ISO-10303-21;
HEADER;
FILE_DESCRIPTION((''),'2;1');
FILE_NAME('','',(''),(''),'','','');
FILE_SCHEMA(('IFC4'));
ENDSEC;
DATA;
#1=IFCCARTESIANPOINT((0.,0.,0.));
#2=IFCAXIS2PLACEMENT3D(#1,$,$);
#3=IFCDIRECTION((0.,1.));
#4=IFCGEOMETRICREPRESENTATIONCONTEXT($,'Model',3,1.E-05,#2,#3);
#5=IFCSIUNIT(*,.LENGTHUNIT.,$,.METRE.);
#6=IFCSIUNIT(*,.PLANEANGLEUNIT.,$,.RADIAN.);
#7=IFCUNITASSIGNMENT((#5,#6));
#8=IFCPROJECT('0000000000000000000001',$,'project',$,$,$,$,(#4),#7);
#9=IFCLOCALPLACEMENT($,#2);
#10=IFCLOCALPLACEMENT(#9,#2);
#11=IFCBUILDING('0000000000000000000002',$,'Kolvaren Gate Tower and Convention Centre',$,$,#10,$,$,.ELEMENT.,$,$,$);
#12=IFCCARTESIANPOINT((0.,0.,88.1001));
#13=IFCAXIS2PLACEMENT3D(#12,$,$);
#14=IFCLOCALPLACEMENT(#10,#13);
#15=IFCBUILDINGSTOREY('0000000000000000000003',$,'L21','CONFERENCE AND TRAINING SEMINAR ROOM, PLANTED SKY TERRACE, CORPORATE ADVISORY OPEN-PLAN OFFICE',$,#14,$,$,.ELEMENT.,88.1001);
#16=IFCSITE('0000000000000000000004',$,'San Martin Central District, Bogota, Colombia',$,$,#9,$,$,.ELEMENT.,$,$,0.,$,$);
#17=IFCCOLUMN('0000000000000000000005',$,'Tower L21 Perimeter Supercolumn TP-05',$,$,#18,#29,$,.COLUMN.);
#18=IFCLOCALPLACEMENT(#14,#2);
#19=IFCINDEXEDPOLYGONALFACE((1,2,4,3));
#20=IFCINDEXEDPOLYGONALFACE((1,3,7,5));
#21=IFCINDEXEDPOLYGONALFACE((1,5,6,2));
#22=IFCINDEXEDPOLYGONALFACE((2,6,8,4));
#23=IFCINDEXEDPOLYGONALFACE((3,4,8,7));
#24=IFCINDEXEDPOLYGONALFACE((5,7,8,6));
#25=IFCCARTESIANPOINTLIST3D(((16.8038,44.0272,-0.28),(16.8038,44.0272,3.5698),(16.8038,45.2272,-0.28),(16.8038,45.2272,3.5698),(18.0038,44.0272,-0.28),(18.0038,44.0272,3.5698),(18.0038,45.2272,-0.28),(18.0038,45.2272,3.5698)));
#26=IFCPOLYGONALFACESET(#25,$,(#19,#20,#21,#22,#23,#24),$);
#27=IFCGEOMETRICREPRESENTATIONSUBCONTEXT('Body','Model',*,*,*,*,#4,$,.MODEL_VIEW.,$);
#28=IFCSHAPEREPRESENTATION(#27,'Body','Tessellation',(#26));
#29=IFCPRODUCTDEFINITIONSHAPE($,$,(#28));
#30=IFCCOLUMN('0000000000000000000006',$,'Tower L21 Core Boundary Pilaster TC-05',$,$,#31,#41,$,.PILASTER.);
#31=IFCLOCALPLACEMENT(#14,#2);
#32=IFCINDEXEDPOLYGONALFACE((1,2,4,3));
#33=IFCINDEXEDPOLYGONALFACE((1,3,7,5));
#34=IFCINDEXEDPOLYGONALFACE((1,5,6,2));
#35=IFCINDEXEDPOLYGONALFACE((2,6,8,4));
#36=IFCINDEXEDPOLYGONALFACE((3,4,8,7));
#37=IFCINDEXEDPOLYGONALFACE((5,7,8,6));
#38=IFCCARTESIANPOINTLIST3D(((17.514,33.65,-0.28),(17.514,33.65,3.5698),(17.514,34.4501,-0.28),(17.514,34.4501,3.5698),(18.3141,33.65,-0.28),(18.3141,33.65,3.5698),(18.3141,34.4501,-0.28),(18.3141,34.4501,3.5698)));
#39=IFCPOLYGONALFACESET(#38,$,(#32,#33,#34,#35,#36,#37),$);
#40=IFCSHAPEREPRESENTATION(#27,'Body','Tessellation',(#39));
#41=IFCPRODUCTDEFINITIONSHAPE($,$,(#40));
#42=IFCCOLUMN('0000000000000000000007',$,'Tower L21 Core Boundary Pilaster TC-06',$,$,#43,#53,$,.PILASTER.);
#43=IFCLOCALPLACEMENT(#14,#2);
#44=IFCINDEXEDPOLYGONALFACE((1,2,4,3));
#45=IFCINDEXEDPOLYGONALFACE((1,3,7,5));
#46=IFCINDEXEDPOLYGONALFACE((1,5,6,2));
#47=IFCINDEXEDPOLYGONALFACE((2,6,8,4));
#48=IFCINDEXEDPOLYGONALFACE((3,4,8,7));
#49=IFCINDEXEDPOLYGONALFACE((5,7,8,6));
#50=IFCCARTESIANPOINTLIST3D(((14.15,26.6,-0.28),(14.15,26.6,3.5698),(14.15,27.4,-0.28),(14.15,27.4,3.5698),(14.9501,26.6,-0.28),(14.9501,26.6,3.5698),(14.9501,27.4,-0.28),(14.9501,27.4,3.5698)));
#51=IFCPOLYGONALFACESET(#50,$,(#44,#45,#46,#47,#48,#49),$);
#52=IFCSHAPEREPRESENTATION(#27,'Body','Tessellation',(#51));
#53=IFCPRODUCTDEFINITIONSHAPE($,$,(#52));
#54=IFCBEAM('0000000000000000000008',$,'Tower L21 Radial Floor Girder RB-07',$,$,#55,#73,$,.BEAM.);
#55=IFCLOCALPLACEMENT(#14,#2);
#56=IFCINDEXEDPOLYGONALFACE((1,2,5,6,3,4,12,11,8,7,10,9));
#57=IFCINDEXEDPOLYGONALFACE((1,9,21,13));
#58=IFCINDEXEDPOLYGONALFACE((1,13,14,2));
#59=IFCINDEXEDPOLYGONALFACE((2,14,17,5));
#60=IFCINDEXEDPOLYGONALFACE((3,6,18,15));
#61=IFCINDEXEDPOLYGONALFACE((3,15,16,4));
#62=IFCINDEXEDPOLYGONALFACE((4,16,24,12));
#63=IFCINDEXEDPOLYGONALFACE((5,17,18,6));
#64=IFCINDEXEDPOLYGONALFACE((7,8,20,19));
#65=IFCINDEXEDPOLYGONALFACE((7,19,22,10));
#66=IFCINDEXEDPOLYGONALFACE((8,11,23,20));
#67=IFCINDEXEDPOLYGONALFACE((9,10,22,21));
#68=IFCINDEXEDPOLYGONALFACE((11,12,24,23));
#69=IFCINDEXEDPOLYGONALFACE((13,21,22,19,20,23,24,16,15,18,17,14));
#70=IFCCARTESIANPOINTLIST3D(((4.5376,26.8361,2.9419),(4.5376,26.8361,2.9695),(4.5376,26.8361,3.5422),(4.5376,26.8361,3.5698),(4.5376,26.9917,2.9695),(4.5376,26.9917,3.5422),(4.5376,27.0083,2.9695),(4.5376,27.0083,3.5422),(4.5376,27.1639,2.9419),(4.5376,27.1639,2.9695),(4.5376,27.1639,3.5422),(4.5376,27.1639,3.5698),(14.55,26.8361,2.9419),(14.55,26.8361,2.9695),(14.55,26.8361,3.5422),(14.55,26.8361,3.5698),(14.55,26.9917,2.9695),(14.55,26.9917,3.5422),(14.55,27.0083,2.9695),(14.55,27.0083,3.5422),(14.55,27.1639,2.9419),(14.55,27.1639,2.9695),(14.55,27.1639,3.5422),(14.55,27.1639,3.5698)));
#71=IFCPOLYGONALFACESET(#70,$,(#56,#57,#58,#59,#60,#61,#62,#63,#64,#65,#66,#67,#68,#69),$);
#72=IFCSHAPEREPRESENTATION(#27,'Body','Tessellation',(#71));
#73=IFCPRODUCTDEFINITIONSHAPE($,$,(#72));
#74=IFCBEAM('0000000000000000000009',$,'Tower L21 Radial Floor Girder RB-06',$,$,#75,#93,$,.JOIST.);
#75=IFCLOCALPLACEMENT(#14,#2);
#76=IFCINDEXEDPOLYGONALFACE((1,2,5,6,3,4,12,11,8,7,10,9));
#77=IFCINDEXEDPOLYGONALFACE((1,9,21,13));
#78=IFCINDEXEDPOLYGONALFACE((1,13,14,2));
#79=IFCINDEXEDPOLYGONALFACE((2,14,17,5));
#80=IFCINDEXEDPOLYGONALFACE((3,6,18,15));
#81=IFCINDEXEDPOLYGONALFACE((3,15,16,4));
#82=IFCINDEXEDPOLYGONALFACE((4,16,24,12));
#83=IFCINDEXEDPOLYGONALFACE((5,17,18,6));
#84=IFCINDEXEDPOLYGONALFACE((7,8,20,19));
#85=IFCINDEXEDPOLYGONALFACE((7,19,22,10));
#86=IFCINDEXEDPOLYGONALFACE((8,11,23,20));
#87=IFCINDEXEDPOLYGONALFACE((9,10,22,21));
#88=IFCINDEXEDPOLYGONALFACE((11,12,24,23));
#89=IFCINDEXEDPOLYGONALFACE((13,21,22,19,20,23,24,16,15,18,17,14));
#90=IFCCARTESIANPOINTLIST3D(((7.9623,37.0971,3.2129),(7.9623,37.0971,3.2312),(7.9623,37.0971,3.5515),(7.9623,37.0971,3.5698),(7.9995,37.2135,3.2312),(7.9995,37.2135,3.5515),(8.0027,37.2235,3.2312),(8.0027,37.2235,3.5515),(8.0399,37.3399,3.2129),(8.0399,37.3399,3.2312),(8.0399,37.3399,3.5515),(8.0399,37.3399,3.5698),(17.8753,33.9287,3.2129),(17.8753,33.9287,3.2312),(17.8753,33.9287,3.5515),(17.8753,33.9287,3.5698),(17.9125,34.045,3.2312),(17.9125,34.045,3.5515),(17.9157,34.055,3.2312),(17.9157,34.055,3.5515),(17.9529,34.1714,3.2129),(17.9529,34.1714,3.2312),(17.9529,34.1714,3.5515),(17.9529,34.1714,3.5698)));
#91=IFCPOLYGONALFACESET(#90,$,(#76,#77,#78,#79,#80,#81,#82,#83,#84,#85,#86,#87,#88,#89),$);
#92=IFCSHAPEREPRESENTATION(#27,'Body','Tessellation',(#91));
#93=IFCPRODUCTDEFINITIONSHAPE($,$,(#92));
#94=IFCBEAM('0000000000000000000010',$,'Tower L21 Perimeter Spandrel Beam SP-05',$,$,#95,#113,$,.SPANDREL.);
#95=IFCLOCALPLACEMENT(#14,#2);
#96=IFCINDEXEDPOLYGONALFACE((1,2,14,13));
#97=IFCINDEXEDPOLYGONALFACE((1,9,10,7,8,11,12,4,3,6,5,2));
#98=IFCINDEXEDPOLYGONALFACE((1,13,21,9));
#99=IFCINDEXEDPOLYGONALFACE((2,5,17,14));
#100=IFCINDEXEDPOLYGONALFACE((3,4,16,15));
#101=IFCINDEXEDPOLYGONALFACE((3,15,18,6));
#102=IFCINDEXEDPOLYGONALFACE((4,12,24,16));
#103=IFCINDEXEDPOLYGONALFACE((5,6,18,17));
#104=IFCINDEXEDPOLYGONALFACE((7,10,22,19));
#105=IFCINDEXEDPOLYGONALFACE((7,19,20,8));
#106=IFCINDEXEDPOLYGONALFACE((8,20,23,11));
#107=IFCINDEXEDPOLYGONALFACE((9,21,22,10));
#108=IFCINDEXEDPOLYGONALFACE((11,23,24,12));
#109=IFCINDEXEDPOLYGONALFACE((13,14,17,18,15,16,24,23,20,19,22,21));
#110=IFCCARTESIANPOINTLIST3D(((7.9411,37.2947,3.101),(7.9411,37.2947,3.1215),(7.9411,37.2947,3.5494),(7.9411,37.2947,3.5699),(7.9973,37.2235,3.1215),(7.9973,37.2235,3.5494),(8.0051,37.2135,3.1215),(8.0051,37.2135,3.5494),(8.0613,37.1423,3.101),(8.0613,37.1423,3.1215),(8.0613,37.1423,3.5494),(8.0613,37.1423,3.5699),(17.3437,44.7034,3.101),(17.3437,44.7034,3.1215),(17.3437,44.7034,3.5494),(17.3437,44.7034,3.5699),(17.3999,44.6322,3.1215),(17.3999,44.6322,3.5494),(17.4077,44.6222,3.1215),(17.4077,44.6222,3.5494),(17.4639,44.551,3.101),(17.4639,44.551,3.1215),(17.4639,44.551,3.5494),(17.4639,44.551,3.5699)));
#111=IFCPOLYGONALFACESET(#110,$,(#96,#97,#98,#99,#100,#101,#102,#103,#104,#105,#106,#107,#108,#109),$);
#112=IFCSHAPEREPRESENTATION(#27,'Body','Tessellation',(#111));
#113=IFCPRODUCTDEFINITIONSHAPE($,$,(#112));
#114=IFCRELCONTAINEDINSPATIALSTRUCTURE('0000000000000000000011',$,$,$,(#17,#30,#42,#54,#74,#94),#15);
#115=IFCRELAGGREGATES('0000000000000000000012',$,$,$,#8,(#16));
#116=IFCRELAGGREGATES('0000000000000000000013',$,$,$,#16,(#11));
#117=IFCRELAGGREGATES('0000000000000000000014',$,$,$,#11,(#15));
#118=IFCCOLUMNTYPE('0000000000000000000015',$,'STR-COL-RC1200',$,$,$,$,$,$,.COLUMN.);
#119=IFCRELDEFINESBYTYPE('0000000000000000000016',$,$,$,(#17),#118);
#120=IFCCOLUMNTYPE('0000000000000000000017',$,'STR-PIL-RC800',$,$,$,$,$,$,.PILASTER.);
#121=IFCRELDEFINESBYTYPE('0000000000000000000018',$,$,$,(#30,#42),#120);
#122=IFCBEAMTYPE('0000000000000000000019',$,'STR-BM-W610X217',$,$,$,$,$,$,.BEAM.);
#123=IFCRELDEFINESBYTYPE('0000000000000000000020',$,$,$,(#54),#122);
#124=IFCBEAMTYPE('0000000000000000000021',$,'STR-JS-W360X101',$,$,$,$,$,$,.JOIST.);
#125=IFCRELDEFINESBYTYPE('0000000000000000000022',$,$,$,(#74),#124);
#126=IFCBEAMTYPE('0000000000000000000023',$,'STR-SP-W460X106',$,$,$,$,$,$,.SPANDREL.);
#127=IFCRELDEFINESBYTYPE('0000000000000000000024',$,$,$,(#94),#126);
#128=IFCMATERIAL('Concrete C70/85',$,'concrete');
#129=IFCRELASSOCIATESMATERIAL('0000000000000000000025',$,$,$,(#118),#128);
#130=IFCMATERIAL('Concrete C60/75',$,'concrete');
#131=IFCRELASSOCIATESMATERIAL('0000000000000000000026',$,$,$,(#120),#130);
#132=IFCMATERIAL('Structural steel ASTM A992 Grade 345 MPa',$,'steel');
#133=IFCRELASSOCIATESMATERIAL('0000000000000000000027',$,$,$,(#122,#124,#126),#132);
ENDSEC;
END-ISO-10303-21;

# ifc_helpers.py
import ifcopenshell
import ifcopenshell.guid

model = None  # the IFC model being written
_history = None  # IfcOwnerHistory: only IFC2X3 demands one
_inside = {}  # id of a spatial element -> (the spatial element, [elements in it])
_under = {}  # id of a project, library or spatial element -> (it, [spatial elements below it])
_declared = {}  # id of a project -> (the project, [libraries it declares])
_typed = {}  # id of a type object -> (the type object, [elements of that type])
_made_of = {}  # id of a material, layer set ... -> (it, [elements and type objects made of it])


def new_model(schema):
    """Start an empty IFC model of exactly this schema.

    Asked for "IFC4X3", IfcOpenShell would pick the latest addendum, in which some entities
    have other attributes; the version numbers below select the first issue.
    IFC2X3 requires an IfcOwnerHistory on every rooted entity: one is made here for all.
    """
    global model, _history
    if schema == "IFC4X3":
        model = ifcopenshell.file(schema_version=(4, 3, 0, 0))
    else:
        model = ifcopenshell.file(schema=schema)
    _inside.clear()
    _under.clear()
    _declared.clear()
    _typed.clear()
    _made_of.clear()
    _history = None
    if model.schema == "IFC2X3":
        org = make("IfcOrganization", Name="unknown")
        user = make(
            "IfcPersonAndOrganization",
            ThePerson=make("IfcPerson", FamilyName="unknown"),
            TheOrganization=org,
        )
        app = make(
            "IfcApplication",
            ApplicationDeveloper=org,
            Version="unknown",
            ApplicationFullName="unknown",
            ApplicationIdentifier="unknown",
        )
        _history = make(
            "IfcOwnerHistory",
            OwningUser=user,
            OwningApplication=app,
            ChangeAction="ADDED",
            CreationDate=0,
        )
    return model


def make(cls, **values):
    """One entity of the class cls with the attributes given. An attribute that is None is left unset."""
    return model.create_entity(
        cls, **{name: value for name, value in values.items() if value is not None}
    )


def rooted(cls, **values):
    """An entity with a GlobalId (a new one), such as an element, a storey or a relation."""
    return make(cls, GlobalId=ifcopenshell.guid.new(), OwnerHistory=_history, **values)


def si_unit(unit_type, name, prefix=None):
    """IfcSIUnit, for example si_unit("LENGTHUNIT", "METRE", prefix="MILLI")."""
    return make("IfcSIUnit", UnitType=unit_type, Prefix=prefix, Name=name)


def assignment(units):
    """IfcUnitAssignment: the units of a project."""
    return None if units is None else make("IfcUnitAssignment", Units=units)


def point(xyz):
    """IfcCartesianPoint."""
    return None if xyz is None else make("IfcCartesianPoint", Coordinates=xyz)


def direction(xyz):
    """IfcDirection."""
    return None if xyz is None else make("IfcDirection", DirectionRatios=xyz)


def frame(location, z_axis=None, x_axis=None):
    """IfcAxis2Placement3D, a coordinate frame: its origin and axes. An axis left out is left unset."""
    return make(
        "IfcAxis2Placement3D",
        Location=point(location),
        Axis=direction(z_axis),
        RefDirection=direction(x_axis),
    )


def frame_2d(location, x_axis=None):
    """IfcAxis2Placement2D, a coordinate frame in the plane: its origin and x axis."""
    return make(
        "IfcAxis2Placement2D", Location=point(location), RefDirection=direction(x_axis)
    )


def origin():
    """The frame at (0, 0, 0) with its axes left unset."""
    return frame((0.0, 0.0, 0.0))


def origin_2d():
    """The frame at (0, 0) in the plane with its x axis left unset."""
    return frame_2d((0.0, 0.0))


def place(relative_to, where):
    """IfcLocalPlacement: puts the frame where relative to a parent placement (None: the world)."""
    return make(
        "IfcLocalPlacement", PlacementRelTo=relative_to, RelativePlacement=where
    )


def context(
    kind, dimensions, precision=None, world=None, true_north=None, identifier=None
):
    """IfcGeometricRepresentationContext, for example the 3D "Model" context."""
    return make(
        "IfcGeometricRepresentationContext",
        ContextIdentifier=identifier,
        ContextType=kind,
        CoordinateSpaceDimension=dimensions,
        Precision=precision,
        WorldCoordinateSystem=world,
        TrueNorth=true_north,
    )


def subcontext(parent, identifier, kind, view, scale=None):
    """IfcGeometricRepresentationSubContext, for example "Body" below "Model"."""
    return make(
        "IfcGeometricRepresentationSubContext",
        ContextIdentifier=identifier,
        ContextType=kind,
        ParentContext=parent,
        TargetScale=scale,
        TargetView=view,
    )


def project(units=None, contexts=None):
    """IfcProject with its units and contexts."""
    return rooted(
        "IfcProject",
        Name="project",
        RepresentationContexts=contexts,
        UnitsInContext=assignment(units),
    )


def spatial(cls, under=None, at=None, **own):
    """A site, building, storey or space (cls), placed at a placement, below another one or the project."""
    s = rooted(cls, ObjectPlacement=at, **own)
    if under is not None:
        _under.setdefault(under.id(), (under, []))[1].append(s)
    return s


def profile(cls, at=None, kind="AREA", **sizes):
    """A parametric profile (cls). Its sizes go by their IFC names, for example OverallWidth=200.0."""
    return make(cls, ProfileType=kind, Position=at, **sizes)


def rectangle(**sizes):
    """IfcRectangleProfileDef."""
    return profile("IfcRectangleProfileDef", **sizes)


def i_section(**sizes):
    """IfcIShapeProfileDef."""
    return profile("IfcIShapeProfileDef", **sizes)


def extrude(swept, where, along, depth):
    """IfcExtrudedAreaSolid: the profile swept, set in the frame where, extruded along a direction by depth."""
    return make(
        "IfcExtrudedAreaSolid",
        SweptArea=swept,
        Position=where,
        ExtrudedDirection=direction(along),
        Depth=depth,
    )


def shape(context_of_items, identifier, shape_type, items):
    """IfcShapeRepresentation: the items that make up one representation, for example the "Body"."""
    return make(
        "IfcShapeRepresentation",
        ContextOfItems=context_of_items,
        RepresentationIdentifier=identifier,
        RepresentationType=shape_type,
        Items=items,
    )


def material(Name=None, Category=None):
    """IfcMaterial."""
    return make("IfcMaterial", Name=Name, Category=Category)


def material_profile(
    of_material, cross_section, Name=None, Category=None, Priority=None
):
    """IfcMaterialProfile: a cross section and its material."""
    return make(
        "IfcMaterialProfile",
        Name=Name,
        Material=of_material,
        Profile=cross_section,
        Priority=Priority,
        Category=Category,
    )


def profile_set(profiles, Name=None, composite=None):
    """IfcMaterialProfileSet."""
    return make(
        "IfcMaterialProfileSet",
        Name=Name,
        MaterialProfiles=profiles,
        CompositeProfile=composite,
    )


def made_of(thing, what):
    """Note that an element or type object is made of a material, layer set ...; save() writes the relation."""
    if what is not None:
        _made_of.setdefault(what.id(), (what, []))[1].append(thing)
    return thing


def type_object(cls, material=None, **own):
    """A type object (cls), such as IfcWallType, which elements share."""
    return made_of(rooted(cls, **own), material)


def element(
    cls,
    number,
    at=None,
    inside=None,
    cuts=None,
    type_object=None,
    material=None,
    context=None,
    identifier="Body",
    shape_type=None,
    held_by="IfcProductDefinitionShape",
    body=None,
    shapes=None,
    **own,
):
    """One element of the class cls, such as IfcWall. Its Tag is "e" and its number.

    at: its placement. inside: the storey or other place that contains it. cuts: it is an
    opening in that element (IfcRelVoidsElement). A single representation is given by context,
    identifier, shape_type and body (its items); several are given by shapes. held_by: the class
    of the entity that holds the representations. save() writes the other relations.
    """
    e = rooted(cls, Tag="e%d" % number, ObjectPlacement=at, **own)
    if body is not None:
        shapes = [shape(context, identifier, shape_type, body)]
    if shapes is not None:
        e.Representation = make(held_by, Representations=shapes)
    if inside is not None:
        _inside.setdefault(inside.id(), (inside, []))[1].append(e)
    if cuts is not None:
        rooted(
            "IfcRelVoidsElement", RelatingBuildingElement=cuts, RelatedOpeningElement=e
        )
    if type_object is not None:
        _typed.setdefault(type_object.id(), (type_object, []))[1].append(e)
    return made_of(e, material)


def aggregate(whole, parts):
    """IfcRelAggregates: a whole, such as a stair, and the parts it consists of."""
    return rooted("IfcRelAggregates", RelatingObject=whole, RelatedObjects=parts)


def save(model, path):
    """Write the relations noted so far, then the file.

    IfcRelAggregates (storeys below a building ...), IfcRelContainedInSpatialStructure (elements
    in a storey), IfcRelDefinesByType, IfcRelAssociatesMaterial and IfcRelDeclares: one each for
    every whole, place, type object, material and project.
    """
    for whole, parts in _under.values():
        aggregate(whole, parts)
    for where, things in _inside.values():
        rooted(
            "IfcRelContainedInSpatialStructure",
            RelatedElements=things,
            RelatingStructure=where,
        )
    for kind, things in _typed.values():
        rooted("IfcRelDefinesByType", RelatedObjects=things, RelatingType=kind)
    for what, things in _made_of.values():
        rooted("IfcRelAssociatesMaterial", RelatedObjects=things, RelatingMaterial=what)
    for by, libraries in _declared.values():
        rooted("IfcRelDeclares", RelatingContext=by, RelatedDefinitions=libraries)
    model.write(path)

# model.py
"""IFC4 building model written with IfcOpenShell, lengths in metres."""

from ifc_helpers import new_model, si_unit, direction, frame, origin, origin_2d, place, context, subcontext, project, spatial, rectangle, i_section, extrude, material, material_profile, profile_set, type_object, element, save


model = new_model("IFC4")

# Units and contexts
model_context = context("Model", 3, precision=1e-05, world=origin(), true_north=direction((0.0, 1.0)))
body_context = subcontext(model_context, "Body", "Model", "MODEL_VIEW")
ifc_project = project(units=[si_unit("LENGTHUNIT", "METRE"), si_unit("PLANEANGLEUNIT", "RADIAN")], contexts=[model_context])

# Site, building, storey
site_placement = place(None, origin())
site = spatial("IfcSite", under=ifc_project, at=site_placement, Name="San Martin Central District, Bogota, Colombia", CompositionType="ELEMENT", RefElevation=0.0)
building_placement = place(site_placement, origin())
building = spatial("IfcBuilding", under=site, at=building_placement, Name="Kolvaren Gate Tower and Convention Centre", CompositionType="ELEMENT")
storey_placement = place(building_placement, frame((0.0, 0.0, 88.1001)))
storey = spatial("IfcBuildingStorey", under=building, at=storey_placement, Name="L21", Description="CONFERENCE AND TRAINING SEMINAR ROOM, PLANTED SKY TERRACE, CORPORATE ADVISORY OPEN-PLAN OFFICE", CompositionType="ELEMENT", Elevation=88.1001)

# Columns
ifc_material_1 = material(Name="Concrete C70/85", Category="concrete")
ifc_material_profile_1 = material_profile(ifc_material_1, rectangle(XDim=1.2, YDim=1.2, at=origin_2d()), Name="RC-COL-1200X1200")
ifc_profile_set_1 = profile_set([ifc_material_profile_1], Name="Concrete C70/85")
column_type_1 = type_object("IfcColumnType", Name="STR-COL-RC1200", PredefinedType="COLUMN", material=ifc_profile_set_1)
column_placement = place(storey_placement, frame((17.4038, 44.6272, -0.28), z_axis=(0.0, 0.0, 1.0), x_axis=(1.0, 0.0, 0.0)))
element("IfcColumn", 1, at=column_placement, inside=storey, type_object=column_type_1, Name="Tower L21 Perimeter Supercolumn TP-05", PredefinedType="COLUMN", context=body_context, shape_type="SweptSolid", body=[
    extrude(rectangle(XDim=1.2, YDim=1.2, at=origin_2d()), origin(), (0.0, 0.0, 1.0), 3.8499),
])
ifc_material_2 = material(Name="Concrete C60/75", Category="concrete")
ifc_material_profile_2 = material_profile(ifc_material_2, rectangle(XDim=0.8, YDim=0.8, at=origin_2d()), Name="RC-COL-800X800")
ifc_profile_set_2 = profile_set([ifc_material_profile_2], Name="Concrete C60/75")
column_type_2 = type_object("IfcColumnType", Name="STR-PIL-RC800", PredefinedType="PILASTER", material=ifc_profile_set_2)
for number, where, z_axis, x_axis, name in (
    (2, (17.9141, 34.05, -0.28), (0.0, 0.0, 1.0), (1.0, 0.0, 0.0), "Tower L21 Core Boundary Pilaster TC-05"),
    (3, (14.55, 27.0, -0.28), (0.0, 0.0, 1.0), (1.0, 0.0, 0.0), "Tower L21 Core Boundary Pilaster TC-06"),
):
    element("IfcColumn", number, at=place(storey_placement, frame(where, z_axis=z_axis, x_axis=x_axis)), inside=storey, type_object=column_type_2, Name=name, PredefinedType="PILASTER", context=body_context, shape_type="SweptSolid", body=[
        extrude(rectangle(XDim=0.8, YDim=0.8, at=origin_2d()), origin(), (0.0, 0.0, 1.0), 3.8499),
    ])

# Beams
ifc_material_3 = material(Name="Structural steel ASTM A992 Grade 345 MPa", Category="steel")
ifc_material_profile_3 = material_profile(ifc_material_3, i_section(OverallWidth=0.3279, OverallDepth=0.6279, WebThickness=0.0166, FlangeThickness=0.0276, at=origin_2d()), Name="W610X217")
ifc_profile_set_3 = profile_set([ifc_material_profile_3], Name="Structural steel ASTM A992 Grade 345 MPa")
beam_type_1 = type_object("IfcBeamType", Name="STR-BM-W610X217", PredefinedType="BEAM", material=ifc_profile_set_3)
beam_1_placement = place(storey_placement, frame((14.55, 27.0, 3.2559), z_axis=(-1.0, 0.0, 0.0), x_axis=(0.0, -1.0, 0.0)))
element("IfcBeam", 4, at=beam_1_placement, inside=storey, type_object=beam_type_1, Name="Tower L21 Radial Floor Girder RB-07", PredefinedType="BEAM", context=body_context, shape_type="SweptSolid", body=[
    extrude(i_section(OverallWidth=0.3279, OverallDepth=0.6279, WebThickness=0.0166, FlangeThickness=0.0276, at=origin_2d()), origin(), (0.0, 0.0, 1.0), 10.0125),
])
ifc_material_profile_4 = material_profile(ifc_material_3, i_section(OverallWidth=0.2549, OverallDepth=0.3569, WebThickness=0.0105, FlangeThickness=0.0183, at=origin_2d()), Name="W360X101")
ifc_profile_set_4 = profile_set([ifc_material_profile_4], Name="Structural steel ASTM A992 Grade 345 MPa")
beam_type_2 = type_object("IfcBeamType", Name="STR-JS-W360X101", PredefinedType="JOIST", material=ifc_profile_set_4)
beam_2_placement = place(storey_placement, frame((17.9141, 34.05, 3.3914), z_axis=(-0.952526, 0.304457, 0.0), x_axis=(-0.304457, -0.952526, 0.0)))
element("IfcBeam", 5, at=beam_2_placement, inside=storey, type_object=beam_type_2, Name="Tower L21 Radial Floor Girder RB-06", PredefinedType="JOIST", context=body_context, shape_type="SweptSolid", body=[
    extrude(i_section(OverallWidth=0.2549, OverallDepth=0.3569, WebThickness=0.0105, FlangeThickness=0.0183, at=origin_2d()), origin(), (0.0, 0.0, 1.0), 10.407),
])
ifc_material_profile_5 = material_profile(ifc_material_3, i_section(OverallWidth=0.1941, OverallDepth=0.469, WebThickness=0.0127, FlangeThickness=0.0205, at=origin_2d()), Name="W460X106")
ifc_profile_set_5 = profile_set([ifc_material_profile_5], Name="Structural steel ASTM A992 Grade 345 MPa")
beam_type_3 = type_object("IfcBeamType", Name="STR-SP-W460X106", PredefinedType="SPANDREL", material=ifc_profile_set_5)
beam_3_placement = place(storey_placement, frame((17.4038, 44.6272, 3.3354), z_axis=(-0.785468, -0.618903, 0.0), x_axis=(0.618903, -0.785468, 0.0)))
element("IfcBeam", 6, at=beam_3_placement, inside=storey, type_object=beam_type_3, Name="Tower L21 Perimeter Spandrel Beam SP-05", PredefinedType="SPANDREL", context=body_context, shape_type="SweptSolid", body=[
    extrude(i_section(OverallWidth=0.1941, OverallDepth=0.469, WebThickness=0.0127, FlangeThickness=0.0205, at=origin_2d()), origin(), (0.0, 0.0, 1.0), 11.9707),
])

save(model, "model.ifc")
